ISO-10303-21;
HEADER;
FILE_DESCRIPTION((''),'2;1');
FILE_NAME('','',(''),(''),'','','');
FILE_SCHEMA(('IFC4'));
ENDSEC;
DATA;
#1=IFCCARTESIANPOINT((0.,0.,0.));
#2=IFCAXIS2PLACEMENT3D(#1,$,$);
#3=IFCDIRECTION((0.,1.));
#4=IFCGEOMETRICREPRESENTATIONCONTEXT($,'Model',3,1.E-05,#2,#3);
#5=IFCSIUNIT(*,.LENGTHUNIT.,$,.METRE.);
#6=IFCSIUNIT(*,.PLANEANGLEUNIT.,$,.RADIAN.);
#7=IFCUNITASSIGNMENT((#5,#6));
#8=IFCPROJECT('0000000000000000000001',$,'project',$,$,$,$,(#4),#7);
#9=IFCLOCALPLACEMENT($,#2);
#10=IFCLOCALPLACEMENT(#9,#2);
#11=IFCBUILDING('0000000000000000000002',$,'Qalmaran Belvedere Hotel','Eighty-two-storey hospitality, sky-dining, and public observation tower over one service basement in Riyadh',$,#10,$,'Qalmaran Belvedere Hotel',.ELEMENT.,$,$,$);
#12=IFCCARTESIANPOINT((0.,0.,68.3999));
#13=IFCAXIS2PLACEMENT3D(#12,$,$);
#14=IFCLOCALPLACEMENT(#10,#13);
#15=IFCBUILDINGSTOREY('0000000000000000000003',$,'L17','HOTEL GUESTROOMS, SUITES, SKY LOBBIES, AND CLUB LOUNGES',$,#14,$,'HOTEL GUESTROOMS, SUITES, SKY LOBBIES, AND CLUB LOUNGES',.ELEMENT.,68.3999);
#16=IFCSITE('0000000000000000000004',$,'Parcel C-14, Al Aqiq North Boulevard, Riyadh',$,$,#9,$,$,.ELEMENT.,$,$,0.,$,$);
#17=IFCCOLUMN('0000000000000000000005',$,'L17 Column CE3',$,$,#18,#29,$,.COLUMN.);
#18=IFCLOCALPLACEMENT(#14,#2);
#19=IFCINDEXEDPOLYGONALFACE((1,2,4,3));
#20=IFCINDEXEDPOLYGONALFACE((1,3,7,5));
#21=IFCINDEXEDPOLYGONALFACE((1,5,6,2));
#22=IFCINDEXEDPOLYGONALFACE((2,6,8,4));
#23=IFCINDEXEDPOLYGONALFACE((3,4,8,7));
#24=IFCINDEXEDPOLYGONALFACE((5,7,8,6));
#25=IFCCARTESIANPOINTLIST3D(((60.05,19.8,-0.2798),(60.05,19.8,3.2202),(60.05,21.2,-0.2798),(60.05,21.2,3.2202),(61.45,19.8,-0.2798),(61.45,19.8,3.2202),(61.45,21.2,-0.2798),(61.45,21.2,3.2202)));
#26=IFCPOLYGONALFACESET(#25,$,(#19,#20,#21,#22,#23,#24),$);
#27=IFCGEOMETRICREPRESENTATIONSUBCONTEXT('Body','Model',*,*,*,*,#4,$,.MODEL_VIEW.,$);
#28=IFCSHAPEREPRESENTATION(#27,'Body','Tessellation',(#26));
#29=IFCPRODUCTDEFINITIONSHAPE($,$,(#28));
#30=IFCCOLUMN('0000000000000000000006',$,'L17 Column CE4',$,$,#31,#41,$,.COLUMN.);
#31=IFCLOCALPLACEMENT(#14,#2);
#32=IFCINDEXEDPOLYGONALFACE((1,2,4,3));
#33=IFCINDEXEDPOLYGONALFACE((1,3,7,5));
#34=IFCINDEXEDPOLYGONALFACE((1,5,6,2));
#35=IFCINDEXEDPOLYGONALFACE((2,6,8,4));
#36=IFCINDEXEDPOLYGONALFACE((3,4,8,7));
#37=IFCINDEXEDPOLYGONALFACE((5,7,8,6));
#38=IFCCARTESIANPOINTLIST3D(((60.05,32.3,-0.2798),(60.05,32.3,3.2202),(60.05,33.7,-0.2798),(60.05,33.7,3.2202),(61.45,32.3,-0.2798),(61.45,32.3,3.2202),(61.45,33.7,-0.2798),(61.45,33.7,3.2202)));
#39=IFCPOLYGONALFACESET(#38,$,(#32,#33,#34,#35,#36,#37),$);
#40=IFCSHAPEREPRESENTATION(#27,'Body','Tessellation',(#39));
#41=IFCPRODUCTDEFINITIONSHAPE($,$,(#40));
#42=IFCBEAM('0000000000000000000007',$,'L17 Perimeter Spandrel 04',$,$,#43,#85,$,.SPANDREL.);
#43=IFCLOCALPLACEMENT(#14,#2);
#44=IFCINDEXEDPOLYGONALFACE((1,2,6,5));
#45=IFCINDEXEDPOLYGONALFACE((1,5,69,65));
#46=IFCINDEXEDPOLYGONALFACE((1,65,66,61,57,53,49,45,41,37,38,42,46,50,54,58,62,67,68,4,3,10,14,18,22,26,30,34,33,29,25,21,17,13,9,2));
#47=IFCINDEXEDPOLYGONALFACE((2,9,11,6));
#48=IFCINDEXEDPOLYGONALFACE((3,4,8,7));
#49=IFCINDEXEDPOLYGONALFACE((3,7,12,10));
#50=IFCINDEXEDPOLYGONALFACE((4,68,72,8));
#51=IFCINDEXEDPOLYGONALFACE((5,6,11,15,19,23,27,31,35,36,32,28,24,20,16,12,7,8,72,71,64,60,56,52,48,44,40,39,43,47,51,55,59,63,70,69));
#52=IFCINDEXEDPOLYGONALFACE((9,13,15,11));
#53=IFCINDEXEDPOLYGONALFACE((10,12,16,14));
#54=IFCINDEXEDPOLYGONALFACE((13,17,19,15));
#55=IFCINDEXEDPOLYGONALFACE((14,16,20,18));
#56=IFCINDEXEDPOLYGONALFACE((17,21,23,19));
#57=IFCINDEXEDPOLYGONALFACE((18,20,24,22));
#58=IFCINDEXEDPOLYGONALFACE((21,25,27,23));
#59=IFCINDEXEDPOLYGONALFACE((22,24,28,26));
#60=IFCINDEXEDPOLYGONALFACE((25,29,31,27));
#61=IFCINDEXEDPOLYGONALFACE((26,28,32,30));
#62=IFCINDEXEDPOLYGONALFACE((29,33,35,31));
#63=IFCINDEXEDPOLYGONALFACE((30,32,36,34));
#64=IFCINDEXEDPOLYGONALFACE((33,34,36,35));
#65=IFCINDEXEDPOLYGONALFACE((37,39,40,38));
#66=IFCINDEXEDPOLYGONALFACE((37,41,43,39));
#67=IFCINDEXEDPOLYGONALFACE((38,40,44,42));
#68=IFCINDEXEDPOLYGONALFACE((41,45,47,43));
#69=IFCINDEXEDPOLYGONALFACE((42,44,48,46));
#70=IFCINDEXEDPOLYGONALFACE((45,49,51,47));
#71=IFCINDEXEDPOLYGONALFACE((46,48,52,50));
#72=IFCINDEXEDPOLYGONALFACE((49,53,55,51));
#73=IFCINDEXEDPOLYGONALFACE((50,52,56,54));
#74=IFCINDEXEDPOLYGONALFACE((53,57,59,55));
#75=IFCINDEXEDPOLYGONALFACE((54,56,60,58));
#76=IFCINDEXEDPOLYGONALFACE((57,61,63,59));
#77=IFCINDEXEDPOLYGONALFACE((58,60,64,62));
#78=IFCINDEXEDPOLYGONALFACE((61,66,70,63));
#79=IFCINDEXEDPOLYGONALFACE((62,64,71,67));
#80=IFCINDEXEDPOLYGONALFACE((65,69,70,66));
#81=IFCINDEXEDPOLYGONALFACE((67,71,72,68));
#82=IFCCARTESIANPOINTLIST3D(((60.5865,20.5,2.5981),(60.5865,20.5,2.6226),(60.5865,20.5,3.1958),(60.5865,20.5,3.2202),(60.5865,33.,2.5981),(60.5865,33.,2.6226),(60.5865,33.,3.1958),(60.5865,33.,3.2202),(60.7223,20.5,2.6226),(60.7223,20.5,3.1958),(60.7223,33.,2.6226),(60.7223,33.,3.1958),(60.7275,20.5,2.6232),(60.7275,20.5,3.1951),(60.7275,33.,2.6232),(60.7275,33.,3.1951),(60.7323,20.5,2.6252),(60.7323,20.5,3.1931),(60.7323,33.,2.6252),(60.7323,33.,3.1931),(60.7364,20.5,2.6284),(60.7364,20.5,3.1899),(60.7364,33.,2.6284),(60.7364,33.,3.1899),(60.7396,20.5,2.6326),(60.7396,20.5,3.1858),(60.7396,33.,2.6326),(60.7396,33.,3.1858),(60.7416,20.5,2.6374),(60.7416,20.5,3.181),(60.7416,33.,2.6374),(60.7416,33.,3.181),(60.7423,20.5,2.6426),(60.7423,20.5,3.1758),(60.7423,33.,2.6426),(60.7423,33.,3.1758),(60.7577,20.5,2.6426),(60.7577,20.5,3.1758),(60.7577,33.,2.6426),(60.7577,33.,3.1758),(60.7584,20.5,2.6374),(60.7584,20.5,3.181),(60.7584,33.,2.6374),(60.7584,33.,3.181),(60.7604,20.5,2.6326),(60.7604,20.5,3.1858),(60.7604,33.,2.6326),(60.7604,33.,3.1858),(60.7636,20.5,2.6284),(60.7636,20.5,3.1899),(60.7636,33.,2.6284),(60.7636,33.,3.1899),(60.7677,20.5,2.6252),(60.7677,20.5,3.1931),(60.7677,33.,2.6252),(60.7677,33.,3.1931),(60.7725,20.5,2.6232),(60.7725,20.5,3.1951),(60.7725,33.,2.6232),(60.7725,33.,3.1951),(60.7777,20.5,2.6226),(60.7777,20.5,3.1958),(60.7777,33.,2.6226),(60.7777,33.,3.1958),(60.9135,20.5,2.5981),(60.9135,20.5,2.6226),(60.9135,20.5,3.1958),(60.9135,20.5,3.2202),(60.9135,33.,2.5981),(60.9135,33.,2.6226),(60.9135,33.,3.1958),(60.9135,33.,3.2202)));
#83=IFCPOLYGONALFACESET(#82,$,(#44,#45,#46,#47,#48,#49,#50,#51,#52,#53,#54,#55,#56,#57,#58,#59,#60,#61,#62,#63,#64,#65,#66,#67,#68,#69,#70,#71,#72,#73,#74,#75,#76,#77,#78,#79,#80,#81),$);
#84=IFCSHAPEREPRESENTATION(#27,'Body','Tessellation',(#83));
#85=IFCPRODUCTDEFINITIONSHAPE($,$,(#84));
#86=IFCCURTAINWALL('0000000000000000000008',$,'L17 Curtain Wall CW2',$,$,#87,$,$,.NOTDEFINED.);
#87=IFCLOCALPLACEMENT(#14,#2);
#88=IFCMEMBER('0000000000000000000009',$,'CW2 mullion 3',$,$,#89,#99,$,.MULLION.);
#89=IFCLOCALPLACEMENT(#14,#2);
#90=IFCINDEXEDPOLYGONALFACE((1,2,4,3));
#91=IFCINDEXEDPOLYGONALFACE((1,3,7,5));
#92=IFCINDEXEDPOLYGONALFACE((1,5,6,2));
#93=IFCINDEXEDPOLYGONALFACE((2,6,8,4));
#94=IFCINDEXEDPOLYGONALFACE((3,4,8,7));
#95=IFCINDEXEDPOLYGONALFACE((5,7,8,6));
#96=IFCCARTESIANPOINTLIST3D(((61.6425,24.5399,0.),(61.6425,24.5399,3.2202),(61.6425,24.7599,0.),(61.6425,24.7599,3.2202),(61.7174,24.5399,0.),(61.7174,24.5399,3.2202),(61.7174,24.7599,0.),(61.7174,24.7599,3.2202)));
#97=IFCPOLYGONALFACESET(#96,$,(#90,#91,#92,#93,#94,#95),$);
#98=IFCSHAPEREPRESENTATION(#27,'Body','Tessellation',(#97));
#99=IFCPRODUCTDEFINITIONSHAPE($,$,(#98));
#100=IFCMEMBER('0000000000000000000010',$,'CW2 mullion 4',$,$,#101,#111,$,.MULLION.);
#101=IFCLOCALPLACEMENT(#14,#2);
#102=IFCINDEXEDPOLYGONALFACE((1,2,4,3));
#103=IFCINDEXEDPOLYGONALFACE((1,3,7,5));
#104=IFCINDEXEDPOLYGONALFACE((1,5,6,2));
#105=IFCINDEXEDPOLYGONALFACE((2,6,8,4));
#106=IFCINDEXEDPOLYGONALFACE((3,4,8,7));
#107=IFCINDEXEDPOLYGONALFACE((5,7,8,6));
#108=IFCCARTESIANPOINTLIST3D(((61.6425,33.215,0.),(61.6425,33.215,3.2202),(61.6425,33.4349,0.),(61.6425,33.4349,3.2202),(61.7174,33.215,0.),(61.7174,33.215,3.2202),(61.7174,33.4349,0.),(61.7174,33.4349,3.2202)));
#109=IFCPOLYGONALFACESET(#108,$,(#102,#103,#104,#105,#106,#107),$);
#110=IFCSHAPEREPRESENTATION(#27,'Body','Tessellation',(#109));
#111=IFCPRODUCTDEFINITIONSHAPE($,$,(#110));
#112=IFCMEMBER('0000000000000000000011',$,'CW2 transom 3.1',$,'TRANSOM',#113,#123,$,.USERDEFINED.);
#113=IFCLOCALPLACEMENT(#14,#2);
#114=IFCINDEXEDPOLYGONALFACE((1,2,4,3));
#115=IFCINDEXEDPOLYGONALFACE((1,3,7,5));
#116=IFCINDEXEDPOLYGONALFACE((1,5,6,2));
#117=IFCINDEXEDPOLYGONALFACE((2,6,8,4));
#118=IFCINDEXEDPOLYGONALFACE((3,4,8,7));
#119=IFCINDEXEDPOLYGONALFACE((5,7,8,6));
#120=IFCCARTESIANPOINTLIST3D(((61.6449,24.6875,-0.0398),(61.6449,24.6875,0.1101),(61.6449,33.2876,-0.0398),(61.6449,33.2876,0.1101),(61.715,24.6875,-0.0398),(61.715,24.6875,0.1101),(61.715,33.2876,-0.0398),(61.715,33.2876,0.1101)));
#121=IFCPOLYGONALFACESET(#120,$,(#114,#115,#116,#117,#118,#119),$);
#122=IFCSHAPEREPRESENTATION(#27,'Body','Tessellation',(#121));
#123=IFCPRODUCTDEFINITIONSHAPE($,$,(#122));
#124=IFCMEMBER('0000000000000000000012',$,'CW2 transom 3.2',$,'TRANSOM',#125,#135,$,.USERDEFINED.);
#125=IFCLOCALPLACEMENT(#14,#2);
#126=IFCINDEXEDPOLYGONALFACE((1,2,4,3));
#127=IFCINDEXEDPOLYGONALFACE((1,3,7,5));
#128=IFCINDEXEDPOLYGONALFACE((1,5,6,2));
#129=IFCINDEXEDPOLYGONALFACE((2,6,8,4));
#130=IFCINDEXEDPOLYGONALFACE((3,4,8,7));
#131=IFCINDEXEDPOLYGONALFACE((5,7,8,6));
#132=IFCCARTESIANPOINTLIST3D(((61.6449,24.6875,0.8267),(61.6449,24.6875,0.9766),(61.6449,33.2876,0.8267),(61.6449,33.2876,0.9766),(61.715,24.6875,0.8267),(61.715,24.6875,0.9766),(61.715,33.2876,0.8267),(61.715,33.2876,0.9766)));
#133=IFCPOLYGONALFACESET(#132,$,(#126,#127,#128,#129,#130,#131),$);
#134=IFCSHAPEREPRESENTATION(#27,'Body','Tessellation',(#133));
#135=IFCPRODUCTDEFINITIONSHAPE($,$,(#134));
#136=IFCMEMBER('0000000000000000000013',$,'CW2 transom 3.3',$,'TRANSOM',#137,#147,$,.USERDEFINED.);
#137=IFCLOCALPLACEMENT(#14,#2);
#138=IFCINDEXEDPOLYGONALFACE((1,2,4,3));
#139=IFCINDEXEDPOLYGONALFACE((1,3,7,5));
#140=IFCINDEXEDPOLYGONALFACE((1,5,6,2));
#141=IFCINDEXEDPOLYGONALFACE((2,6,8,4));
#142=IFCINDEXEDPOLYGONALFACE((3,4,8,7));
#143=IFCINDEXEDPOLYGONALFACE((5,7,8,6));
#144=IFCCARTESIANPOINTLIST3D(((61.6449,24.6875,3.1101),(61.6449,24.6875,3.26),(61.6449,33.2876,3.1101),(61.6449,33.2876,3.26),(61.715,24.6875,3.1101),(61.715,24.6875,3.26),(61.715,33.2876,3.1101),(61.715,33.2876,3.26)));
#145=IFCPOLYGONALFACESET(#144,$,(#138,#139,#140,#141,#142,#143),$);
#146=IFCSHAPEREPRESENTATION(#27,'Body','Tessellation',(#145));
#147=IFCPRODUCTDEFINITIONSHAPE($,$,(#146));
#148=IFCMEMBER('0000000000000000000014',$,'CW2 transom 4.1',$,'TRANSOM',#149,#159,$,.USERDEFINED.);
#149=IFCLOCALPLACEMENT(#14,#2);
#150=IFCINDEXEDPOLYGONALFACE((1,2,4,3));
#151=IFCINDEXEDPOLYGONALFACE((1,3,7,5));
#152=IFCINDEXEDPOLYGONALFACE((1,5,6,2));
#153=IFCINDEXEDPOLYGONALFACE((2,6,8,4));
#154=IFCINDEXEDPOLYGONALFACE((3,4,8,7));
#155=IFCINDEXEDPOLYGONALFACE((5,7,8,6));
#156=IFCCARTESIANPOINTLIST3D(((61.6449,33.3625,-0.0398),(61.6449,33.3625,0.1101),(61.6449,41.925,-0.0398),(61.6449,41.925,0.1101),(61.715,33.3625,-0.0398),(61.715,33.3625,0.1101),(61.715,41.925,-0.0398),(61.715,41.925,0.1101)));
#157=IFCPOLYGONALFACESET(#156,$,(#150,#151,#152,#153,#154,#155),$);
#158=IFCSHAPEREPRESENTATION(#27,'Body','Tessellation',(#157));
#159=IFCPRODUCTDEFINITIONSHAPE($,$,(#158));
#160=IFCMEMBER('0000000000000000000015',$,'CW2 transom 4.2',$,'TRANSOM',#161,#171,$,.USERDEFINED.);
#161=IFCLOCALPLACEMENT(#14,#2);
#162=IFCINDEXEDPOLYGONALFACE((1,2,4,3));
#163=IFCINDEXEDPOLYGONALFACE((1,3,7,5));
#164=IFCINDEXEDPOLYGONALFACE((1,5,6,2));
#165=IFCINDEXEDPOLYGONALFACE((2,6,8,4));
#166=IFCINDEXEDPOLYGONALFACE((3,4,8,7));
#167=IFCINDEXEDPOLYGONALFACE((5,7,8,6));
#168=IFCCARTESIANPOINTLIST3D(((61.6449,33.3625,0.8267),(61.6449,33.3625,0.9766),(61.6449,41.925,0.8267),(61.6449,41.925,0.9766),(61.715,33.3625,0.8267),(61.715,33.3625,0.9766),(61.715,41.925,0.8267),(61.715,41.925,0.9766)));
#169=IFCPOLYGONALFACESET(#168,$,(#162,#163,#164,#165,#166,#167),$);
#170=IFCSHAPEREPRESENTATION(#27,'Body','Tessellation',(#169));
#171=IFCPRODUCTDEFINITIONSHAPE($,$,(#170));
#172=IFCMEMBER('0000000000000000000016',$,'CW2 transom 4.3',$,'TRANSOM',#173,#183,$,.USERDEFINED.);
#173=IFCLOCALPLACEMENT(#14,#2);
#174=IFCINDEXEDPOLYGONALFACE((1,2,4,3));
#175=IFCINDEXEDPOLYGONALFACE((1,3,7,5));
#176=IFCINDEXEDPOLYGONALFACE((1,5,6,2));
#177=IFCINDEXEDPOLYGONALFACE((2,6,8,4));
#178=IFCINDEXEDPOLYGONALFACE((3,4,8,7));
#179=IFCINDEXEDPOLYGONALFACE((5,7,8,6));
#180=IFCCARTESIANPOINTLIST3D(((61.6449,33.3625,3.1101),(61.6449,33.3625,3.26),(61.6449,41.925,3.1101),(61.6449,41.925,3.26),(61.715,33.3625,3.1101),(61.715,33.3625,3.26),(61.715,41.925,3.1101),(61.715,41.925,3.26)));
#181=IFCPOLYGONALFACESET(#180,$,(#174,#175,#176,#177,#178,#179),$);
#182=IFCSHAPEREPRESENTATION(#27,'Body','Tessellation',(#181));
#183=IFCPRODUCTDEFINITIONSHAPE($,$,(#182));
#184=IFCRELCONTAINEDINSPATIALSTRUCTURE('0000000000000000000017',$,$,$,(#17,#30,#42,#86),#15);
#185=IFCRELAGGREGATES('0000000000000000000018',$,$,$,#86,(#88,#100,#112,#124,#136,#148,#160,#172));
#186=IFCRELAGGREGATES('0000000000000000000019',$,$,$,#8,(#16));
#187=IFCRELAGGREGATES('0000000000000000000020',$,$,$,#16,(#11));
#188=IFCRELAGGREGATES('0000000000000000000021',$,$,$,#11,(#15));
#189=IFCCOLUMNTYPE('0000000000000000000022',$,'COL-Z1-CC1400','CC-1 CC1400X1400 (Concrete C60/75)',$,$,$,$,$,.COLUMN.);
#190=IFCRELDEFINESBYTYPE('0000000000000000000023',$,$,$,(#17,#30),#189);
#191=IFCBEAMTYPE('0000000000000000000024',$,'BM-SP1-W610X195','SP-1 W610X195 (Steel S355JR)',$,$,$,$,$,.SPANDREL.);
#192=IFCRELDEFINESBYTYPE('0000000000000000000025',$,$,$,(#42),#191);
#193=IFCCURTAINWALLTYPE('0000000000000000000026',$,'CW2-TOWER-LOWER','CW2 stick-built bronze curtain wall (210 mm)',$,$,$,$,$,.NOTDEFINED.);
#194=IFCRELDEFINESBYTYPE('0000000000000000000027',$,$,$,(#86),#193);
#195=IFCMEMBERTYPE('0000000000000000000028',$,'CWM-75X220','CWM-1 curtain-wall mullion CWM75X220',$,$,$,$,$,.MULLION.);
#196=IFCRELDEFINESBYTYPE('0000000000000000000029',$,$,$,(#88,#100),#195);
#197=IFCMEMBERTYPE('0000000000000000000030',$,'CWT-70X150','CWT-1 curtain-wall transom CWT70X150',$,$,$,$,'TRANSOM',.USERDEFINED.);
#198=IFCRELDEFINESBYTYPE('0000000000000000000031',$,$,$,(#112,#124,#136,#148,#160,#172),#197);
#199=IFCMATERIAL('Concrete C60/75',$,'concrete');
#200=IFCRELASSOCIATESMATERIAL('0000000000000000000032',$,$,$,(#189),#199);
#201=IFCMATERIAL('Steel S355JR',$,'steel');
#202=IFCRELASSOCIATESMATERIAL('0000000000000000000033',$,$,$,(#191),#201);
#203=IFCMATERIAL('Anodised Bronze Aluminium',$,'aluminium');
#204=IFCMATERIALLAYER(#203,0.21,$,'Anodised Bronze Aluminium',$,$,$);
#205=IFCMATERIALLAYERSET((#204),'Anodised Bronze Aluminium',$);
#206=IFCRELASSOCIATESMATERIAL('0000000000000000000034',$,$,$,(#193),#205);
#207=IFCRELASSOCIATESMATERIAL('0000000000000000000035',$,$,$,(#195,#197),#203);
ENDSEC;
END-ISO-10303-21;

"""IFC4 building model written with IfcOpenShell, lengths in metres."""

from ifc_helpers import new_model, si_unit, direction, frame, origin, origin_2d, place, context, subcontext, project, spatial, rectangle, i_section, extrude, material, layer, layer_set, material_profile, profile_set, type_object, element, aggregate, save


model = new_model("IFC4")

# Units and contexts
model_context = context("Model", 3, precision=1e-05, world=origin(), true_north=direction((0.0, 1.0)))
body_context = subcontext(model_context, "Body", "Model", "MODEL_VIEW")
ifc_project = project(units=[si_unit("LENGTHUNIT", "METRE"), si_unit("PLANEANGLEUNIT", "RADIAN")], contexts=[model_context])

# Site, building, storey
site_placement = place(None, origin())
site = spatial("IfcSite", under=ifc_project, at=site_placement, Name="Parcel C-14, Al Aqiq North Boulevard, Riyadh", CompositionType="ELEMENT", RefElevation=0.0)
building_placement = place(site_placement, origin())
building = spatial("IfcBuilding", under=site, at=building_placement, Name="Qalmaran Belvedere Hotel", Description="Eighty-two-storey hospitality, sky-dining, and public observation tower over one service basement in Riyadh", LongName="Qalmaran Belvedere Hotel", CompositionType="ELEMENT")
storey_placement = place(building_placement, frame((0.0, 0.0, 68.3999)))
storey = spatial("IfcBuildingStorey", under=building, at=storey_placement, Name="L17", Description="HOTEL GUESTROOMS, SUITES, SKY LOBBIES, AND CLUB LOUNGES", LongName="HOTEL GUESTROOMS, SUITES, SKY LOBBIES, AND CLUB LOUNGES", CompositionType="ELEMENT", Elevation=68.3999)

# Columns
ifc_material_1 = material(Name="Concrete C60/75", Category="concrete")
ifc_material_profile_1 = material_profile(ifc_material_1, rectangle(XDim=1.3999, YDim=1.3999, at=origin_2d()), Name="CC1400X1400")
ifc_profile_set_1 = profile_set([ifc_material_profile_1], Name="Concrete C60/75")
column_type = type_object("IfcColumnType", Name="COL-Z1-CC1400", Description="CC-1 CC1400X1400 (Concrete C60/75)", PredefinedType="COLUMN", material=ifc_profile_set_1)
for number, where, z_axis, x_axis, name in (
    (1, (60.75, 20.5, -0.2798), (0.0, 0.0, 1.0), (1.0, 0.0, 0.0), "L17 Column CE3"),
    (2, (60.75, 33.0, -0.2798), (0.0, 0.0, 1.0), (1.0, 0.0, 0.0), "L17 Column CE4"),
):
    element("IfcColumn", number, at=place(storey_placement, frame(where, z_axis=z_axis, x_axis=x_axis)), inside=storey, type_object=column_type, Name=name, PredefinedType="COLUMN", context=body_context, shape_type="SweptSolid", body=[
        extrude(rectangle(XDim=1.3999, YDim=1.3999, at=origin_2d()), origin(), (0.0, 0.0, 1.0), 3.5),
    ])

# Beam
ifc_material_2 = material(Name="Steel S355JR", Category="steel")
ifc_material_profile_2 = material_profile(ifc_material_2, i_section(OverallWidth=0.3269, OverallDepth=0.6221, WebThickness=0.0154, FlangeThickness=0.0244, FilletRadius=0.02, at=origin_2d()), Name="W610X195")
ifc_profile_set_2 = profile_set([ifc_material_profile_2], Name="Steel S355JR")
beam_type = type_object("IfcBeamType", Name="BM-SP1-W610X195", Description="SP-1 W610X195 (Steel S355JR)", PredefinedType="SPANDREL", material=ifc_profile_set_2)
beam_placement = place(storey_placement, frame((60.75, 20.5, 2.9092), z_axis=(0.0, 1.0, 0.0), x_axis=(-1.0, 0.0, 0.0)))
element("IfcBeam", 3, at=beam_placement, inside=storey, type_object=beam_type, Name="L17 Perimeter Spandrel 04", PredefinedType="SPANDREL", context=body_context, shape_type="SweptSolid", body=[
    extrude(i_section(OverallWidth=0.3269, OverallDepth=0.6221, WebThickness=0.0154, FlangeThickness=0.0244, FilletRadius=0.02, at=origin_2d()), origin(), (0.0, 0.0, 1.0), 12.5),
])

# Curtain wall, members
ifc_material_3 = material(Name="Anodised Bronze Aluminium", Category="aluminium")
ifc_layer_1 = layer(ifc_material_3, 0.21, Name="Anodised Bronze Aluminium")
ifc_layer_set_1 = layer_set([ifc_layer_1], Name="Anodised Bronze Aluminium")
curtain_wall_type = type_object("IfcCurtainWallType", Name="CW2-TOWER-LOWER", Description="CW2 stick-built bronze curtain wall (210 mm)", PredefinedType="NOTDEFINED", material=ifc_layer_set_1)
curtain_wall_placement = place(storey_placement, origin())
curtain_wall = element("IfcCurtainWall", 4, at=curtain_wall_placement, inside=storey, type_object=curtain_wall_type, Name="L17 Curtain Wall CW2", PredefinedType="NOTDEFINED")
ifc_material_profile_3 = material_profile(ifc_material_3, rectangle(XDim=0.075, YDim=0.22, at=origin_2d()), Name="CWM75X220")
ifc_profile_set_3 = profile_set([ifc_material_profile_3], Name="Anodised Bronze Aluminium")
member_type_1 = type_object("IfcMemberType", Name="CWM-75X220", Description="CWM-1 curtain-wall mullion CWM75X220", PredefinedType="MULLION", material=ifc_profile_set_3)
member_1_placement = place(storey_placement, frame((61.6799, 24.6499, 0.0), z_axis=(0.0, 0.0, 1.0), x_axis=(-1.0, 0.0, 0.0)))
member_1 = element("IfcMember", 5, at=member_1_placement, type_object=member_type_1, Name="CW2 mullion 3", PredefinedType="MULLION", context=body_context, shape_type="SweptSolid", body=[
    extrude(rectangle(XDim=0.075, YDim=0.22, at=origin_2d()), origin(), (0.0, 0.0, 1.0), 3.2202),
])
member_2_placement = place(storey_placement, frame((61.6799, 33.325, 0.0), z_axis=(0.0, 0.0, 1.0), x_axis=(-1.0, 0.0, 0.0)))
member_2 = element("IfcMember", 6, at=member_2_placement, type_object=member_type_1, Name="CW2 mullion 4", PredefinedType="MULLION", context=body_context, shape_type="SweptSolid", body=[
    extrude(rectangle(XDim=0.075, YDim=0.22, at=origin_2d()), origin(), (0.0, 0.0, 1.0), 3.2202),
])
ifc_material_profile_4 = material_profile(ifc_material_3, rectangle(XDim=0.0701, YDim=0.1499, at=origin_2d()), Name="CWT70X150")
ifc_profile_set_4 = profile_set([ifc_material_profile_4], Name="Anodised Bronze Aluminium")
member_type_2 = type_object("IfcMemberType", Name="CWT-70X150", Description="CWT-1 curtain-wall transom CWT70X150", ElementType="TRANSOM", PredefinedType="USERDEFINED", material=ifc_profile_set_4)
member_3_placement = place(storey_placement, frame((61.6799, 24.6875, 0.0352), z_axis=(0.0, 1.0, 0.0), x_axis=(-1.0, 0.0, 0.0)))
member_3 = element("IfcMember", 7, at=member_3_placement, type_object=member_type_2, Name="CW2 transom 3.1", ObjectType="TRANSOM", PredefinedType="USERDEFINED", context=body_context, shape_type="SweptSolid", body=[
    extrude(rectangle(XDim=0.0701, YDim=0.1499, at=origin_2d()), origin(), (0.0, 0.0, 1.0), 8.6001),
])
member_4_placement = place(storey_placement, frame((61.6799, 24.6875, 0.9016), z_axis=(0.0, 1.0, 0.0), x_axis=(-1.0, 0.0, 0.0)))
member_4 = element("IfcMember", 8, at=member_4_placement, type_object=member_type_2, Name="CW2 transom 3.2", ObjectType="TRANSOM", PredefinedType="USERDEFINED", context=body_context, shape_type="SweptSolid", body=[
    extrude(rectangle(XDim=0.0701, YDim=0.1499, at=origin_2d()), origin(), (0.0, 0.0, 1.0), 8.6001),
])
member_5_placement = place(storey_placement, frame((61.6799, 24.6875, 3.1851), z_axis=(0.0, 1.0, 0.0), x_axis=(-1.0, 0.0, 0.0)))
member_5 = element("IfcMember", 9, at=member_5_placement, type_object=member_type_2, Name="CW2 transom 3.3", ObjectType="TRANSOM", PredefinedType="USERDEFINED", context=body_context, shape_type="SweptSolid", body=[
    extrude(rectangle(XDim=0.0701, YDim=0.1499, at=origin_2d()), origin(), (0.0, 0.0, 1.0), 8.6001),
])
member_6_placement = place(storey_placement, frame((61.6799, 33.3625, 0.0352), z_axis=(0.0, 1.0, 0.0), x_axis=(-1.0, 0.0, 0.0)))
member_6 = element("IfcMember", 10, at=member_6_placement, type_object=member_type_2, Name="CW2 transom 4.1", ObjectType="TRANSOM", PredefinedType="USERDEFINED", context=body_context, shape_type="SweptSolid", body=[
    extrude(rectangle(XDim=0.0701, YDim=0.1499, at=origin_2d()), origin(), (0.0, 0.0, 1.0), 8.5625),
])
member_7_placement = place(storey_placement, frame((61.6799, 33.3625, 0.9016), z_axis=(0.0, 1.0, 0.0), x_axis=(-1.0, 0.0, 0.0)))
member_7 = element("IfcMember", 11, at=member_7_placement, type_object=member_type_2, Name="CW2 transom 4.2", ObjectType="TRANSOM", PredefinedType="USERDEFINED", context=body_context, shape_type="SweptSolid", body=[
    extrude(rectangle(XDim=0.0701, YDim=0.1499, at=origin_2d()), origin(), (0.0, 0.0, 1.0), 8.5625),
])
member_8_placement = place(storey_placement, frame((61.6799, 33.3625, 3.1851), z_axis=(0.0, 1.0, 0.0), x_axis=(-1.0, 0.0, 0.0)))
member_8 = element("IfcMember", 12, at=member_8_placement, type_object=member_type_2, Name="CW2 transom 4.3", ObjectType="TRANSOM", PredefinedType="USERDEFINED", context=body_context, shape_type="SweptSolid", body=[
    extrude(rectangle(XDim=0.0701, YDim=0.1499, at=origin_2d()), origin(), (0.0, 0.0, 1.0), 8.5625),
])
aggregate(curtain_wall, [member_1, member_2, member_3, member_4, member_5, member_6, member_7, member_8])

save(model, "model.ifc")
